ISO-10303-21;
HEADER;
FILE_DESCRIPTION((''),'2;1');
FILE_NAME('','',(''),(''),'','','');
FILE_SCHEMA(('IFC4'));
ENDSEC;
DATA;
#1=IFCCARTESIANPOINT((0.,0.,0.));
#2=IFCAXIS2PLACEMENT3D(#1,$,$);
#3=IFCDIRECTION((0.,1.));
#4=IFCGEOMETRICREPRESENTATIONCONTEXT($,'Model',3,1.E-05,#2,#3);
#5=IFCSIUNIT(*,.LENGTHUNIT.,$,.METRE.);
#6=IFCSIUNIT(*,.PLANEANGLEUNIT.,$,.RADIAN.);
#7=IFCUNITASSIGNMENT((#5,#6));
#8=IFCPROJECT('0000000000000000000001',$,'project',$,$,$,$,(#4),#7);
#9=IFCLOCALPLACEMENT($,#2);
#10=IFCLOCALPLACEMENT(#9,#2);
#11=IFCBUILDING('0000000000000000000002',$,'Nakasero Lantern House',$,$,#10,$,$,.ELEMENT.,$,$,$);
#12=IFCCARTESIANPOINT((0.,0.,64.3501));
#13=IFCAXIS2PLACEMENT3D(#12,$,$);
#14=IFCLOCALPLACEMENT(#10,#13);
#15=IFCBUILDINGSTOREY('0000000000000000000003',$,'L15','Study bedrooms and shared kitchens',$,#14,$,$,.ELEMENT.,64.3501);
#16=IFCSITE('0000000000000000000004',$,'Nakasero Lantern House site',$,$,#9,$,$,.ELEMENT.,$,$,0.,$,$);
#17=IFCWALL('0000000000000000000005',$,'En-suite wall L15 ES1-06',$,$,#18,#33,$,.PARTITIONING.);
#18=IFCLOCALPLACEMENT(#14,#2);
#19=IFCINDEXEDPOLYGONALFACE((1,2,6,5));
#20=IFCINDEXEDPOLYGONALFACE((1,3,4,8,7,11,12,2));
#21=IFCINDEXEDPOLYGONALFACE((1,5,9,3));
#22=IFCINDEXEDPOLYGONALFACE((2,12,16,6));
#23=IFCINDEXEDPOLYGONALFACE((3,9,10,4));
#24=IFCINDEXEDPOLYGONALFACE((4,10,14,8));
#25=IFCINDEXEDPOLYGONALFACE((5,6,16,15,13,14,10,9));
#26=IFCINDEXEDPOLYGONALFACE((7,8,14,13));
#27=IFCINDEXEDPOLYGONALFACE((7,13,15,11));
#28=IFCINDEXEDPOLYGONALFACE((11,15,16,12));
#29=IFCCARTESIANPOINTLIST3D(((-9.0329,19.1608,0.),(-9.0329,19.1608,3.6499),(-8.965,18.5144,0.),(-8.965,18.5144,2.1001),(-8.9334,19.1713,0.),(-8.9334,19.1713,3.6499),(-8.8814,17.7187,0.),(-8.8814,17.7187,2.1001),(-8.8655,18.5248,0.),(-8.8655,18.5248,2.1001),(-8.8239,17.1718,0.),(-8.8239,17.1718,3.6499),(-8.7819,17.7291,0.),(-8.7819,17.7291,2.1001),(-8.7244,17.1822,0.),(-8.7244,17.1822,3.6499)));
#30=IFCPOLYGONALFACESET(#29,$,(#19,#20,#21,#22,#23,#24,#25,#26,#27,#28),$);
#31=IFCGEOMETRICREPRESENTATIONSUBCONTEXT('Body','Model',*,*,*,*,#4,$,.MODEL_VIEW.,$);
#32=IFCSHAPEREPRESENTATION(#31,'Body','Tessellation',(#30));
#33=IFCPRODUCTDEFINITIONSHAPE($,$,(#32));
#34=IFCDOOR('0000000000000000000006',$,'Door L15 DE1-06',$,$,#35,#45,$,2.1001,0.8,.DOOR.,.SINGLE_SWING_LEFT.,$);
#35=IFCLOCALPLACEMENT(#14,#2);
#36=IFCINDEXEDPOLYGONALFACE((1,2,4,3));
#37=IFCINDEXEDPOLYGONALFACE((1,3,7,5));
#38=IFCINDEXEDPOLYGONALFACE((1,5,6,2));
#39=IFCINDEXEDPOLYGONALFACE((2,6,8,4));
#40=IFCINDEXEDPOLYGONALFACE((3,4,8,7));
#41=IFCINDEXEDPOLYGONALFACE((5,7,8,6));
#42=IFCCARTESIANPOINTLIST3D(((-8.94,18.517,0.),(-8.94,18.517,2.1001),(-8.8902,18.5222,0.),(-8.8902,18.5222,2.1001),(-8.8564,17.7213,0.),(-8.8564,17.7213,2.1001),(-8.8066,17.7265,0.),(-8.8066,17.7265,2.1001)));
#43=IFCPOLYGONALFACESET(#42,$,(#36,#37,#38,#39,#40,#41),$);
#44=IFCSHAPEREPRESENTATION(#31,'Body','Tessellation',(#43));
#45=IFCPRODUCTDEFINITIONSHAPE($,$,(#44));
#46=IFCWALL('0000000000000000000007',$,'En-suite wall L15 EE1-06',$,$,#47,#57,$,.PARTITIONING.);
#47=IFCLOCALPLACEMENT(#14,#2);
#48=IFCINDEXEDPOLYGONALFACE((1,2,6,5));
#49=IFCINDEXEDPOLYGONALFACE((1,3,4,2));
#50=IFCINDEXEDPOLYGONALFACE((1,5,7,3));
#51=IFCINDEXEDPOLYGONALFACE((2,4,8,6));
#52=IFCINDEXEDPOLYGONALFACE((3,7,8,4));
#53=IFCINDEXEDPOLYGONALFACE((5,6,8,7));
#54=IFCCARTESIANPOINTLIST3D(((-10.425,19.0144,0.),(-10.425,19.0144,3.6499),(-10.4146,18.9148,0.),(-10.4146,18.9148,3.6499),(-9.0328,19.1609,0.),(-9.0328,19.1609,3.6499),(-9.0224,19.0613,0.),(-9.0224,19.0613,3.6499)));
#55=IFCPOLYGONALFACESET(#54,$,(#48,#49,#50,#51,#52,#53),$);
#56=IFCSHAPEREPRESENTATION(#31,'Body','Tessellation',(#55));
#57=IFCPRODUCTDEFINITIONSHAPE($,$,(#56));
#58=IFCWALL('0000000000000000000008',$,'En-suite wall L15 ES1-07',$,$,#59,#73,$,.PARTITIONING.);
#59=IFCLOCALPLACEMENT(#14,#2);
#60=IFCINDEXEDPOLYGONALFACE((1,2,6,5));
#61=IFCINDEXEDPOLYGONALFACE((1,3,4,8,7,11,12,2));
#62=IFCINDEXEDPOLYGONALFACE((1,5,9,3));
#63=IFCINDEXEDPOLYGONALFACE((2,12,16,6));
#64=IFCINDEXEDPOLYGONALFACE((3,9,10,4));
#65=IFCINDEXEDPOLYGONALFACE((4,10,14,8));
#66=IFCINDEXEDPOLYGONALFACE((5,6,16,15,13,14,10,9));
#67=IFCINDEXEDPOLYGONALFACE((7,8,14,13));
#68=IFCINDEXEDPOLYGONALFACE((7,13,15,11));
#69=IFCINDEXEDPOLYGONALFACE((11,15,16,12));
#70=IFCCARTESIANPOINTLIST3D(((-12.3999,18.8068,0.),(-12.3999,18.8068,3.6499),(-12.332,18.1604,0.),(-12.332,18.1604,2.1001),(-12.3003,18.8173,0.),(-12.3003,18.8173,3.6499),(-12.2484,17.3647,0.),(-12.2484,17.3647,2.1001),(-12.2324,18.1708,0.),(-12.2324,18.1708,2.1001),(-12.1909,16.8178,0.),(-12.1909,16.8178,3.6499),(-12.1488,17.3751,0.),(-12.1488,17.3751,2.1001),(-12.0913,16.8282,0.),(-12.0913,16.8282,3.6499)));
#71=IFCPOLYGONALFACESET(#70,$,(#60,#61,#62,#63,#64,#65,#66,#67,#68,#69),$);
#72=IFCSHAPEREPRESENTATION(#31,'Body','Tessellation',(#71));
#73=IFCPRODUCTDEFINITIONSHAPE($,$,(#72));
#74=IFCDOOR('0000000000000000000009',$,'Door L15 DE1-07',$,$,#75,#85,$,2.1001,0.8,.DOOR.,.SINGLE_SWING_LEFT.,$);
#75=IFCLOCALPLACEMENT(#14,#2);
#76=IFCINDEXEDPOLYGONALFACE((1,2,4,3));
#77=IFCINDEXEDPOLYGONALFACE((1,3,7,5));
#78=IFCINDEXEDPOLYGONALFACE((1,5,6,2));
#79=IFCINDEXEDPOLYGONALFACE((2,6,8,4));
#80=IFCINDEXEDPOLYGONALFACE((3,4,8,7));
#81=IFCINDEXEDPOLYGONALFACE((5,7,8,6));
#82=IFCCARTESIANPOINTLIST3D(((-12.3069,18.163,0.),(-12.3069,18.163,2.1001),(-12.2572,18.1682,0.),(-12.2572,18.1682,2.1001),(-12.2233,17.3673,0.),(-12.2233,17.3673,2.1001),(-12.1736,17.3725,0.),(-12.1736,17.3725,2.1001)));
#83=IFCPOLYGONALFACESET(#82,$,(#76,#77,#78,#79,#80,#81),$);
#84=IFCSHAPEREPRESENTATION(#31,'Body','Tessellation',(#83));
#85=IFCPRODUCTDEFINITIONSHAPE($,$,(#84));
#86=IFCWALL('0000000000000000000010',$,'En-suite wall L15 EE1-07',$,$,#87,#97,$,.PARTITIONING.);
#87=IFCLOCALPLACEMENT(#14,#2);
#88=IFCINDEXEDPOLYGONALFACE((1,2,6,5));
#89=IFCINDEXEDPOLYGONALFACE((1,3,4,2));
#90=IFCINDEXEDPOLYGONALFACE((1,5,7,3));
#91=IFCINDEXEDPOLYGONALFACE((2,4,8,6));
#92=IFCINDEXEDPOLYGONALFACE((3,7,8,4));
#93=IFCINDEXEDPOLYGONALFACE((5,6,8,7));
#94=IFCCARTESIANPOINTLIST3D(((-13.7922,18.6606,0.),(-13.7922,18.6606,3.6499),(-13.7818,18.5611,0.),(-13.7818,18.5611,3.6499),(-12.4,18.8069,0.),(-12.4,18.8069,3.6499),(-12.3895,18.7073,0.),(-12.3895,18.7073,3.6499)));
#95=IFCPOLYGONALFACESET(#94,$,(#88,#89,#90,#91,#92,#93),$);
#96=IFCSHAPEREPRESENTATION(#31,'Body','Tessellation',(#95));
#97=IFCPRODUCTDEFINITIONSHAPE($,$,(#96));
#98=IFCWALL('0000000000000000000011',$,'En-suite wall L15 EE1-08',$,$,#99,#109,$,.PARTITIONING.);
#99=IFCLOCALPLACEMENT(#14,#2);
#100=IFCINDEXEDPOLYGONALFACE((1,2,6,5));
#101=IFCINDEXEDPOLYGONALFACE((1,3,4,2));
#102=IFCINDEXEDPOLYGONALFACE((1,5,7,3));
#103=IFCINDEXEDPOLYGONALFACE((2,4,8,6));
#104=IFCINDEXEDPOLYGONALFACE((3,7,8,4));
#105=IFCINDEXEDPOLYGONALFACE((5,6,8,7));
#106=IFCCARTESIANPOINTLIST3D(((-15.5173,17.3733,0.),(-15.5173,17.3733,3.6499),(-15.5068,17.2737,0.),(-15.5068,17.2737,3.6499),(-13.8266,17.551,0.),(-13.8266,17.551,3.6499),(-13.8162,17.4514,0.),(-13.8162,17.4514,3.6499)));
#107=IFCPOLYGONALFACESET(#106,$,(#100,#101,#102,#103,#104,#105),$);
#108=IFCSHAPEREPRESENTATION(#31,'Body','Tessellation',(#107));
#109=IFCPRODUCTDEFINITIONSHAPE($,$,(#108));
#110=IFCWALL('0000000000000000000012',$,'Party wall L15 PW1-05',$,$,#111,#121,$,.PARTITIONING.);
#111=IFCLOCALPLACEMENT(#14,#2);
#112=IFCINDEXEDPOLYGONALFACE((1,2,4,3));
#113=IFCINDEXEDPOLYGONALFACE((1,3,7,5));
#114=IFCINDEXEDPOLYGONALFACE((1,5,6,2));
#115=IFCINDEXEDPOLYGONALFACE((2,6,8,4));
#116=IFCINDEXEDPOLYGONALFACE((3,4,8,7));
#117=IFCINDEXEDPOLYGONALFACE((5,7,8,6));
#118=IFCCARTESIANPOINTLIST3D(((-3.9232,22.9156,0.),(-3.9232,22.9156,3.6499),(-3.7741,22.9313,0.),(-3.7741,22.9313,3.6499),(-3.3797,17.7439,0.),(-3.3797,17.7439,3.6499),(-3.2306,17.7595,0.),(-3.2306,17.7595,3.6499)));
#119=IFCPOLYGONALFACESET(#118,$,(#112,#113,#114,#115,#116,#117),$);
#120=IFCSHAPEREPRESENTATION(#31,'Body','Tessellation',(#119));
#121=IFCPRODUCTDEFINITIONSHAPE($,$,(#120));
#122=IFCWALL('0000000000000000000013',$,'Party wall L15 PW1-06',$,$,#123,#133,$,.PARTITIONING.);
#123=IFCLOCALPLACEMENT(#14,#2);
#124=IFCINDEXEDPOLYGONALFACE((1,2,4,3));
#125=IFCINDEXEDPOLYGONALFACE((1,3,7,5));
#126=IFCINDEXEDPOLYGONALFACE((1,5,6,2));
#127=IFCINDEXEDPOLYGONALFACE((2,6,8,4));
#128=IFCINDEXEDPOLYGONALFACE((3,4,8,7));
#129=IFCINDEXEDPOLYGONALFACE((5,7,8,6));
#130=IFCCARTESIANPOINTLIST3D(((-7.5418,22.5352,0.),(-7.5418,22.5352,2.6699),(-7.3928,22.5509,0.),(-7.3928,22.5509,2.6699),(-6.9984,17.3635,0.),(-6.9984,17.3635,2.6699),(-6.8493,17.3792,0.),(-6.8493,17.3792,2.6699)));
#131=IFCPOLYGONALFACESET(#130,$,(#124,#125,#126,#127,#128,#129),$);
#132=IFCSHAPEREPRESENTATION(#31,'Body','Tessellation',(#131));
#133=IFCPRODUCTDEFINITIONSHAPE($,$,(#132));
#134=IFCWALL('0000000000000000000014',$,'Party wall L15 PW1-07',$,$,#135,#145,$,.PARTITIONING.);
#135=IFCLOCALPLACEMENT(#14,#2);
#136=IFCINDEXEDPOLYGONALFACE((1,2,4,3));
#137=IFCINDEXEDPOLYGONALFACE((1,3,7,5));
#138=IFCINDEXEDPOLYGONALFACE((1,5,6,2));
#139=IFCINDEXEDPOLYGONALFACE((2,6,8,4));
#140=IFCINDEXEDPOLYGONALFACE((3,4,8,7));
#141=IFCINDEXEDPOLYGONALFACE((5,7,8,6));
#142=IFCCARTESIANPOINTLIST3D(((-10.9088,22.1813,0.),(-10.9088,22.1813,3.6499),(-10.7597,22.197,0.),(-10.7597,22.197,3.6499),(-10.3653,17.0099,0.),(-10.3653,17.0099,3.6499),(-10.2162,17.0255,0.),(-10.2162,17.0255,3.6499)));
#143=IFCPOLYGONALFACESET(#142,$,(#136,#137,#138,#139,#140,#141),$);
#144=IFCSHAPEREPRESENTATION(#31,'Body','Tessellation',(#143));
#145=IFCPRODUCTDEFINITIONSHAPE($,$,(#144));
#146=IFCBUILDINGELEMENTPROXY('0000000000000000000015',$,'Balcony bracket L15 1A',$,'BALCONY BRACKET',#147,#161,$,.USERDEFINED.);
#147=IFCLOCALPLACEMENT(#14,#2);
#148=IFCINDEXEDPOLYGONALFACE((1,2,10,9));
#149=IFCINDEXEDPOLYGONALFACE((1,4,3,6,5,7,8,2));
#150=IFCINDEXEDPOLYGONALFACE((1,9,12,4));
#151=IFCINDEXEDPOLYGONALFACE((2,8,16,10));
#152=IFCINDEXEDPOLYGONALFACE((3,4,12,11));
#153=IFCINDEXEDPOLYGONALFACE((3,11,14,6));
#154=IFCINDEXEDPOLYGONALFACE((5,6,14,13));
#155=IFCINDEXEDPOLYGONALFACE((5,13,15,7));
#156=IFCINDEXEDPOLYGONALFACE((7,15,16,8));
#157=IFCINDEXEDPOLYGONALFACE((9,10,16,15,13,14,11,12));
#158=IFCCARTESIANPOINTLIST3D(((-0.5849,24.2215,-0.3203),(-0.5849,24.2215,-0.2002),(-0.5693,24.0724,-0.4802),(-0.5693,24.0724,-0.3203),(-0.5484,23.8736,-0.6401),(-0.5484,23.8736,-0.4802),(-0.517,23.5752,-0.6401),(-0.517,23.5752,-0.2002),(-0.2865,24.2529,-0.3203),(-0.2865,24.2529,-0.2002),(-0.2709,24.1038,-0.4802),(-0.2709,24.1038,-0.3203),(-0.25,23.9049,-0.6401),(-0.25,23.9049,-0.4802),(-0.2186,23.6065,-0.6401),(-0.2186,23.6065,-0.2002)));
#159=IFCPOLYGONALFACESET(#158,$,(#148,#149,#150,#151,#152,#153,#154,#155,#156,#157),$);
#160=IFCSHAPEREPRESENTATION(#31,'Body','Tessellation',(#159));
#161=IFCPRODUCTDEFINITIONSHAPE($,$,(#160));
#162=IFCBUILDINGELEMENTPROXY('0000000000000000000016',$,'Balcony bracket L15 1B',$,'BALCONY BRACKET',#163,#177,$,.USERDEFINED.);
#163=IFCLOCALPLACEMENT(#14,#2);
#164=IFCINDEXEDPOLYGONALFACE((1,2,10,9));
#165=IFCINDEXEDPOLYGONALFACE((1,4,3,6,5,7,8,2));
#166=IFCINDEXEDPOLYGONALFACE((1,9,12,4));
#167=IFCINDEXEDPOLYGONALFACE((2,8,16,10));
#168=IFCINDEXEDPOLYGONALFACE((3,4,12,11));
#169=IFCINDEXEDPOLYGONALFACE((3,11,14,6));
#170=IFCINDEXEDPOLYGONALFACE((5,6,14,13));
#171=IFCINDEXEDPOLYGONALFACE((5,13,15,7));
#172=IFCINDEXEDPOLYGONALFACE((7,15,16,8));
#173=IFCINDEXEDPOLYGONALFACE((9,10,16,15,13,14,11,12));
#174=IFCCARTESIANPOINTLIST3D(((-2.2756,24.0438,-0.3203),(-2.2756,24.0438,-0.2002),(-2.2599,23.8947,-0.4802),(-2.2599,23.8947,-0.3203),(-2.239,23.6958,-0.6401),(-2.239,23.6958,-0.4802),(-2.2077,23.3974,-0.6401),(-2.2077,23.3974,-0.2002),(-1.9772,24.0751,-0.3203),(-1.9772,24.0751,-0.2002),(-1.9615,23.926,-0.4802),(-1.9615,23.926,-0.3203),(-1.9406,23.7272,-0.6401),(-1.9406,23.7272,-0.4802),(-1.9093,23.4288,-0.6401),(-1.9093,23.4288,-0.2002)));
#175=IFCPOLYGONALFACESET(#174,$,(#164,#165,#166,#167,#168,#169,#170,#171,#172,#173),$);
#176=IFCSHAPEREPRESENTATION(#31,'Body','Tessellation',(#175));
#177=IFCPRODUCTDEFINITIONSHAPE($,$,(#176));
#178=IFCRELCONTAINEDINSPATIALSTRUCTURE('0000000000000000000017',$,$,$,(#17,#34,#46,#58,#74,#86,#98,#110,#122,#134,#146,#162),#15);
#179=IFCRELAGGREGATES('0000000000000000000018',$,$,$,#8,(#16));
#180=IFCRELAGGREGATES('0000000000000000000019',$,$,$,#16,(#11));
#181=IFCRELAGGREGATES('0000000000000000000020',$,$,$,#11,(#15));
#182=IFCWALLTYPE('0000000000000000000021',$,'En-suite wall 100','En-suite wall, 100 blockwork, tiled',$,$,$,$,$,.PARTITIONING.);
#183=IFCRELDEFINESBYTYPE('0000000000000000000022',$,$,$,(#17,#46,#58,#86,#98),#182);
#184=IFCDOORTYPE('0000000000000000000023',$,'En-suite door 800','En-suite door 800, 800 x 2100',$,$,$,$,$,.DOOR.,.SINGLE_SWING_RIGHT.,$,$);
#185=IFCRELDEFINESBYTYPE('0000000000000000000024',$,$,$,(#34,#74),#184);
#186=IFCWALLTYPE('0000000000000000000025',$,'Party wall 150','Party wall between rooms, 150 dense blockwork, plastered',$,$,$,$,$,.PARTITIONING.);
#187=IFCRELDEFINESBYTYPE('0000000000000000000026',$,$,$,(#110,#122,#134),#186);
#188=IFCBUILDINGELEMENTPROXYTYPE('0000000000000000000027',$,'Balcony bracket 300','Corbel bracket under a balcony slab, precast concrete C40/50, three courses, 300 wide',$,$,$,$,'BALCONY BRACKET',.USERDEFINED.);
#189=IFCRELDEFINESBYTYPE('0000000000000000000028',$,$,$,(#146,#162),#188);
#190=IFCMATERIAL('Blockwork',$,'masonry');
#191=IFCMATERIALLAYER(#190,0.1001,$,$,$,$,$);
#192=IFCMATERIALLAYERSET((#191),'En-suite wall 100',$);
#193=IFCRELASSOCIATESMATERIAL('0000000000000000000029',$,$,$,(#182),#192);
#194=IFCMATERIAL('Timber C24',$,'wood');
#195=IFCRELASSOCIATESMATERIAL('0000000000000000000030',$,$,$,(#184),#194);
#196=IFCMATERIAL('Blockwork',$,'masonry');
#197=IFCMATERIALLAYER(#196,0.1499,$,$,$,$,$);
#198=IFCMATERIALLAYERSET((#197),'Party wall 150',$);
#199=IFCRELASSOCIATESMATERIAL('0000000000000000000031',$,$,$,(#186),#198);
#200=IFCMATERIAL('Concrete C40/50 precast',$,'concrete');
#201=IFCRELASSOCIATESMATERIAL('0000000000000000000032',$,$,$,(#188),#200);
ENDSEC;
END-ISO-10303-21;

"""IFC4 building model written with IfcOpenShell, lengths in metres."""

from ifc_helpers import new_model, si_unit, direction, frame, frame_2d, origin, place, context, subcontext, project, spatial, polyline, rectangle, outline, extrude, material, layer, layer_set, type_object, element, fill, save


model = new_model("IFC4")

# Units and contexts
model_context = context("Model", 3, precision=1e-05, world=origin(), true_north=direction((0.0, 1.0)))
body_context = subcontext(model_context, "Body", "Model", "MODEL_VIEW")
ifc_project = project(units=[si_unit("LENGTHUNIT", "METRE"), si_unit("PLANEANGLEUNIT", "RADIAN")], contexts=[model_context])

# Site, building, storey
site_placement = place(None, origin())
site = spatial("IfcSite", under=ifc_project, at=site_placement, Name="Nakasero Lantern House site", CompositionType="ELEMENT", RefElevation=0.0)
building_placement = place(site_placement, origin())
building = spatial("IfcBuilding", under=site, at=building_placement, Name="Nakasero Lantern House", CompositionType="ELEMENT")
storey_placement = place(building_placement, frame((0.0, 0.0, 64.3501)))
storey = spatial("IfcBuildingStorey", under=building, at=storey_placement, Name="L15", Description="Study bedrooms and shared kitchens", CompositionType="ELEMENT", Elevation=64.3501)

# Shared definitions
ifc_material_1 = material(Name="Blockwork", Category="masonry")
ifc_layer_1 = layer(ifc_material_1, 0.1001)
ifc_layer_set_1 = layer_set([ifc_layer_1], Name="En-suite wall 100")
wall_type_1 = type_object("IfcWallType", Name="En-suite wall 100", Description="En-suite wall, 100 blockwork, tiled", PredefinedType="PARTITIONING", material=ifc_layer_set_1)
ifc_material_2 = material(Name="Timber C24", Category="wood")
door_type = type_object("IfcDoorType", Name="En-suite door 800", Description="En-suite door 800, 800 x 2100", OperationType="SINGLE_SWING_RIGHT", PredefinedType="DOOR", material=ifc_material_2)

# Wall, opening, door
wall_1_placement = place(storey_placement, frame((-8.7742, 17.177, 0.0), z_axis=(0.0, 0.0, 1.0), x_axis=(-0.104494, 0.994526, 0.0)))
wall_1 = element("IfcWall", 1, at=wall_1_placement, inside=storey, type_object=wall_type_1, Name="En-suite wall L15 ES1-06", PredefinedType="PARTITIONING", context=body_context, shape_type="SweptSolid", body=[
    extrude(rectangle(XDim=2.0, YDim=0.1001, at=frame_2d((1.0, 0.0))), origin(), (0.0, 0.0, 1.0), 3.6499),
])
opening_1_placement = place(wall_1_placement, frame((0.55, 0.0, 0.0)))
opening_1 = element("IfcOpeningElement", 2, at=opening_1_placement, cuts=wall_1, PredefinedType="OPENING", context=body_context, shape_type="SweptSolid", body=[
    extrude(rectangle(XDim=0.8, YDim=2.1001, at=frame_2d((0.3999, 1.05))), frame((0.0, 0.0701, 0.0), z_axis=(0.0, -1.0, 0.0), x_axis=(1.0, 0.0, 0.0)), (0.0, 0.0, 1.0), 0.1401),
])
door_1_placement = place(opening_1_placement, origin())
door_1 = element("IfcDoor", 3, at=door_1_placement, inside=storey, type_object=door_type, Name="Door L15 DE1-06", OperationType="SINGLE_SWING_LEFT", OverallHeight=2.1001, OverallWidth=0.8, PredefinedType="DOOR", context=body_context, shape_type="SweptSolid", body=[
    extrude(rectangle(XDim=0.8, YDim=2.1001, at=frame_2d((0.3999, 1.05))), frame((0.0, 0.0249, 0.0), z_axis=(0.0, -1.0, 0.0), x_axis=(1.0, 0.0, 0.0)), (0.0, 0.0, 1.0), 0.05),
])
fill(opening_1, door_1)

# Wall
wall_2_placement = place(storey_placement, frame((-9.0276, 19.1111, 0.0), z_axis=(0.0, 0.0, 1.0), x_axis=(-0.994511, -0.10463, 0.0)))
element("IfcWall", 4, at=wall_2_placement, inside=storey, type_object=wall_type_1, Name="En-suite wall L15 EE1-06", PredefinedType="PARTITIONING", context=body_context, shape_type="SweptSolid", body=[
    extrude(rectangle(XDim=1.3999, YDim=0.1001, at=frame_2d((0.7, 0.0))), origin(), (0.0, 0.0, 1.0), 3.6499),
])

# Wall, opening, door
wall_3_placement = place(storey_placement, frame((-12.1411, 16.823, 0.0), z_axis=(0.0, 0.0, 1.0), x_axis=(-0.104494, 0.994526, 0.0)))
wall_3 = element("IfcWall", 5, at=wall_3_placement, inside=storey, type_object=wall_type_1, Name="En-suite wall L15 ES1-07", PredefinedType="PARTITIONING", context=body_context, shape_type="SweptSolid", body=[
    extrude(rectangle(XDim=2.0, YDim=0.1001, at=frame_2d((1.0, 0.0))), origin(), (0.0, 0.0, 1.0), 3.6499),
])
opening_2_placement = place(wall_3_placement, frame((0.55, 0.0, 0.0)))
opening_2 = element("IfcOpeningElement", 6, at=opening_2_placement, cuts=wall_3, PredefinedType="OPENING", context=body_context, shape_type="SweptSolid", body=[
    extrude(rectangle(XDim=0.8, YDim=2.1001, at=frame_2d((0.3999, 1.05))), frame((0.0, 0.0701, 0.0), z_axis=(0.0, -1.0, 0.0), x_axis=(1.0, 0.0, 0.0)), (0.0, 0.0, 1.0), 0.1401),
])
door_2_placement = place(opening_2_placement, origin())
door_2 = element("IfcDoor", 7, at=door_2_placement, inside=storey, type_object=door_type, Name="Door L15 DE1-07", OperationType="SINGLE_SWING_LEFT", OverallHeight=2.1001, OverallWidth=0.8, PredefinedType="DOOR", context=body_context, shape_type="SweptSolid", body=[
    extrude(rectangle(XDim=0.8, YDim=2.1001, at=frame_2d((0.3999, 1.05))), frame((0.0, 0.0249, 0.0), z_axis=(0.0, -1.0, 0.0), x_axis=(1.0, 0.0, 0.0)), (0.0, 0.0, 1.0), 0.05),
])
fill(opening_2, door_2)

# Walls
wall_4_placement = place(storey_placement, frame((-12.3948, 18.7571, 0.0), z_axis=(0.0, 0.0, 1.0), x_axis=(-0.994529, -0.104458, 0.0)))
element("IfcWall", 8, at=wall_4_placement, inside=storey, type_object=wall_type_1, Name="En-suite wall L15 EE1-07", PredefinedType="PARTITIONING", context=body_context, shape_type="SweptSolid", body=[
    extrude(rectangle(XDim=1.3999, YDim=0.1001, at=frame_2d((0.7, 0.0))), origin(), (0.0, 0.0, 1.0), 3.6499),
])
wall_5_placement = place(storey_placement, frame((-13.8213, 17.5012, 0.0), z_axis=(0.0, 0.0, 1.0), x_axis=(-0.99452, -0.10455, 0.0)))
element("IfcWall", 9, at=wall_5_placement, inside=storey, type_object=wall_type_1, Name="En-suite wall L15 EE1-08", PredefinedType="PARTITIONING", context=body_context, shape_type="SweptSolid", body=[
    extrude(rectangle(XDim=1.7, YDim=0.1001, at=frame_2d((0.8501, 0.0))), origin(), (0.0, 0.0, 1.0), 3.6499),
])
ifc_material_3 = material(Name="Blockwork", Category="masonry")
ifc_layer_2 = layer(ifc_material_3, 0.1499)
ifc_layer_set_2 = layer_set([ifc_layer_2], Name="Party wall 150")
wall_type_2 = type_object("IfcWallType", Name="Party wall 150", Description="Party wall between rooms, 150 dense blockwork, plastered", PredefinedType="PARTITIONING", material=ifc_layer_set_2)
wall_6_placement = place(storey_placement, frame((-3.3052, 17.7517, 0.0), z_axis=(0.0, 0.0, 1.0), x_axis=(-0.104509, 0.994524, 0.0)))
element("IfcWall", 10, at=wall_6_placement, inside=storey, type_object=wall_type_2, Name="Party wall L15 PW1-05", PredefinedType="PARTITIONING", context=body_context, shape_type="SweptSolid", body=[
    extrude(rectangle(XDim=5.2002, YDim=0.1499, at=frame_2d((2.6001, 0.0))), origin(), (0.0, 0.0, 1.0), 3.6499),
])
wall_7_placement = place(storey_placement, frame((-6.9238, 17.3713, 0.0), z_axis=(0.0, 0.0, 1.0), x_axis=(-0.104509, 0.994524, 0.0)))
element("IfcWall", 11, at=wall_7_placement, inside=storey, type_object=wall_type_2, Name="Party wall L15 PW1-06", PredefinedType="PARTITIONING", context=body_context, shape_type="SweptSolid", body=[
    extrude(rectangle(XDim=5.2002, YDim=0.1499, at=frame_2d((2.6001, 0.0))), origin(), (0.0, 0.0, 1.0), 2.6699),
])
wall_8_placement = place(storey_placement, frame((-10.2908, 17.0176, 0.0), z_axis=(0.0, 0.0, 1.0), x_axis=(-0.104514, 0.994523, 0.0)))
element("IfcWall", 12, at=wall_8_placement, inside=storey, type_object=wall_type_2, Name="Party wall L15 PW1-07", PredefinedType="PARTITIONING", context=body_context, shape_type="SweptSolid", body=[
    extrude(rectangle(XDim=5.2, YDim=0.1499, at=frame_2d((2.6001, 0.0))), origin(), (0.0, 0.0, 1.0), 3.6499),
])

# Building element proxies
ifc_material_4 = material(Name="Concrete C40/50 precast", Category="concrete")
building_element_proxy_type = type_object("IfcBuildingElementProxyType", Name="Balcony bracket 300", Description="Corbel bracket under a balcony slab, precast concrete C40/50, three courses, 300 wide", ElementType="BALCONY BRACKET", PredefinedType="USERDEFINED", material=ifc_material_4)
for number, where, z_axis, x_axis, name in (
    (13, (-0.3679, 23.5908, -0.2002), (0.0, 0.0, 1.0), (-0.104528, 0.994522, 0.0), "Balcony bracket L15 1A"),
    (14, (-2.0586, 23.4131, -0.2002), (0.0, 0.0, 1.0), (-0.104528, 0.994522, 0.0), "Balcony bracket L15 1B"),
):
    element("IfcBuildingElementProxy", number, at=place(storey_placement, frame(where, z_axis=z_axis, x_axis=x_axis)), inside=storey, type_object=building_element_proxy_type, Name=name, ObjectType="BALCONY BRACKET", PredefinedType="USERDEFINED", context=body_context, shape_type="SweptSolid", body=[
        extrude(outline(polyline([(0.0, 0.0), (0.6499, 0.0), (0.6499, -0.1201), (0.5, -0.1201), (0.5, -0.28), (0.3, -0.28), (0.3, -0.4399), (0.0, -0.4399), (0.0, 0.0)])), frame((0.0, 0.1499, 0.0), z_axis=(0.0, -1.0, 0.0), x_axis=(1.0, 0.0, 0.0)), (0.0, 0.0, 1.0), 0.3),
    ])

save(model, "model.ifc")
